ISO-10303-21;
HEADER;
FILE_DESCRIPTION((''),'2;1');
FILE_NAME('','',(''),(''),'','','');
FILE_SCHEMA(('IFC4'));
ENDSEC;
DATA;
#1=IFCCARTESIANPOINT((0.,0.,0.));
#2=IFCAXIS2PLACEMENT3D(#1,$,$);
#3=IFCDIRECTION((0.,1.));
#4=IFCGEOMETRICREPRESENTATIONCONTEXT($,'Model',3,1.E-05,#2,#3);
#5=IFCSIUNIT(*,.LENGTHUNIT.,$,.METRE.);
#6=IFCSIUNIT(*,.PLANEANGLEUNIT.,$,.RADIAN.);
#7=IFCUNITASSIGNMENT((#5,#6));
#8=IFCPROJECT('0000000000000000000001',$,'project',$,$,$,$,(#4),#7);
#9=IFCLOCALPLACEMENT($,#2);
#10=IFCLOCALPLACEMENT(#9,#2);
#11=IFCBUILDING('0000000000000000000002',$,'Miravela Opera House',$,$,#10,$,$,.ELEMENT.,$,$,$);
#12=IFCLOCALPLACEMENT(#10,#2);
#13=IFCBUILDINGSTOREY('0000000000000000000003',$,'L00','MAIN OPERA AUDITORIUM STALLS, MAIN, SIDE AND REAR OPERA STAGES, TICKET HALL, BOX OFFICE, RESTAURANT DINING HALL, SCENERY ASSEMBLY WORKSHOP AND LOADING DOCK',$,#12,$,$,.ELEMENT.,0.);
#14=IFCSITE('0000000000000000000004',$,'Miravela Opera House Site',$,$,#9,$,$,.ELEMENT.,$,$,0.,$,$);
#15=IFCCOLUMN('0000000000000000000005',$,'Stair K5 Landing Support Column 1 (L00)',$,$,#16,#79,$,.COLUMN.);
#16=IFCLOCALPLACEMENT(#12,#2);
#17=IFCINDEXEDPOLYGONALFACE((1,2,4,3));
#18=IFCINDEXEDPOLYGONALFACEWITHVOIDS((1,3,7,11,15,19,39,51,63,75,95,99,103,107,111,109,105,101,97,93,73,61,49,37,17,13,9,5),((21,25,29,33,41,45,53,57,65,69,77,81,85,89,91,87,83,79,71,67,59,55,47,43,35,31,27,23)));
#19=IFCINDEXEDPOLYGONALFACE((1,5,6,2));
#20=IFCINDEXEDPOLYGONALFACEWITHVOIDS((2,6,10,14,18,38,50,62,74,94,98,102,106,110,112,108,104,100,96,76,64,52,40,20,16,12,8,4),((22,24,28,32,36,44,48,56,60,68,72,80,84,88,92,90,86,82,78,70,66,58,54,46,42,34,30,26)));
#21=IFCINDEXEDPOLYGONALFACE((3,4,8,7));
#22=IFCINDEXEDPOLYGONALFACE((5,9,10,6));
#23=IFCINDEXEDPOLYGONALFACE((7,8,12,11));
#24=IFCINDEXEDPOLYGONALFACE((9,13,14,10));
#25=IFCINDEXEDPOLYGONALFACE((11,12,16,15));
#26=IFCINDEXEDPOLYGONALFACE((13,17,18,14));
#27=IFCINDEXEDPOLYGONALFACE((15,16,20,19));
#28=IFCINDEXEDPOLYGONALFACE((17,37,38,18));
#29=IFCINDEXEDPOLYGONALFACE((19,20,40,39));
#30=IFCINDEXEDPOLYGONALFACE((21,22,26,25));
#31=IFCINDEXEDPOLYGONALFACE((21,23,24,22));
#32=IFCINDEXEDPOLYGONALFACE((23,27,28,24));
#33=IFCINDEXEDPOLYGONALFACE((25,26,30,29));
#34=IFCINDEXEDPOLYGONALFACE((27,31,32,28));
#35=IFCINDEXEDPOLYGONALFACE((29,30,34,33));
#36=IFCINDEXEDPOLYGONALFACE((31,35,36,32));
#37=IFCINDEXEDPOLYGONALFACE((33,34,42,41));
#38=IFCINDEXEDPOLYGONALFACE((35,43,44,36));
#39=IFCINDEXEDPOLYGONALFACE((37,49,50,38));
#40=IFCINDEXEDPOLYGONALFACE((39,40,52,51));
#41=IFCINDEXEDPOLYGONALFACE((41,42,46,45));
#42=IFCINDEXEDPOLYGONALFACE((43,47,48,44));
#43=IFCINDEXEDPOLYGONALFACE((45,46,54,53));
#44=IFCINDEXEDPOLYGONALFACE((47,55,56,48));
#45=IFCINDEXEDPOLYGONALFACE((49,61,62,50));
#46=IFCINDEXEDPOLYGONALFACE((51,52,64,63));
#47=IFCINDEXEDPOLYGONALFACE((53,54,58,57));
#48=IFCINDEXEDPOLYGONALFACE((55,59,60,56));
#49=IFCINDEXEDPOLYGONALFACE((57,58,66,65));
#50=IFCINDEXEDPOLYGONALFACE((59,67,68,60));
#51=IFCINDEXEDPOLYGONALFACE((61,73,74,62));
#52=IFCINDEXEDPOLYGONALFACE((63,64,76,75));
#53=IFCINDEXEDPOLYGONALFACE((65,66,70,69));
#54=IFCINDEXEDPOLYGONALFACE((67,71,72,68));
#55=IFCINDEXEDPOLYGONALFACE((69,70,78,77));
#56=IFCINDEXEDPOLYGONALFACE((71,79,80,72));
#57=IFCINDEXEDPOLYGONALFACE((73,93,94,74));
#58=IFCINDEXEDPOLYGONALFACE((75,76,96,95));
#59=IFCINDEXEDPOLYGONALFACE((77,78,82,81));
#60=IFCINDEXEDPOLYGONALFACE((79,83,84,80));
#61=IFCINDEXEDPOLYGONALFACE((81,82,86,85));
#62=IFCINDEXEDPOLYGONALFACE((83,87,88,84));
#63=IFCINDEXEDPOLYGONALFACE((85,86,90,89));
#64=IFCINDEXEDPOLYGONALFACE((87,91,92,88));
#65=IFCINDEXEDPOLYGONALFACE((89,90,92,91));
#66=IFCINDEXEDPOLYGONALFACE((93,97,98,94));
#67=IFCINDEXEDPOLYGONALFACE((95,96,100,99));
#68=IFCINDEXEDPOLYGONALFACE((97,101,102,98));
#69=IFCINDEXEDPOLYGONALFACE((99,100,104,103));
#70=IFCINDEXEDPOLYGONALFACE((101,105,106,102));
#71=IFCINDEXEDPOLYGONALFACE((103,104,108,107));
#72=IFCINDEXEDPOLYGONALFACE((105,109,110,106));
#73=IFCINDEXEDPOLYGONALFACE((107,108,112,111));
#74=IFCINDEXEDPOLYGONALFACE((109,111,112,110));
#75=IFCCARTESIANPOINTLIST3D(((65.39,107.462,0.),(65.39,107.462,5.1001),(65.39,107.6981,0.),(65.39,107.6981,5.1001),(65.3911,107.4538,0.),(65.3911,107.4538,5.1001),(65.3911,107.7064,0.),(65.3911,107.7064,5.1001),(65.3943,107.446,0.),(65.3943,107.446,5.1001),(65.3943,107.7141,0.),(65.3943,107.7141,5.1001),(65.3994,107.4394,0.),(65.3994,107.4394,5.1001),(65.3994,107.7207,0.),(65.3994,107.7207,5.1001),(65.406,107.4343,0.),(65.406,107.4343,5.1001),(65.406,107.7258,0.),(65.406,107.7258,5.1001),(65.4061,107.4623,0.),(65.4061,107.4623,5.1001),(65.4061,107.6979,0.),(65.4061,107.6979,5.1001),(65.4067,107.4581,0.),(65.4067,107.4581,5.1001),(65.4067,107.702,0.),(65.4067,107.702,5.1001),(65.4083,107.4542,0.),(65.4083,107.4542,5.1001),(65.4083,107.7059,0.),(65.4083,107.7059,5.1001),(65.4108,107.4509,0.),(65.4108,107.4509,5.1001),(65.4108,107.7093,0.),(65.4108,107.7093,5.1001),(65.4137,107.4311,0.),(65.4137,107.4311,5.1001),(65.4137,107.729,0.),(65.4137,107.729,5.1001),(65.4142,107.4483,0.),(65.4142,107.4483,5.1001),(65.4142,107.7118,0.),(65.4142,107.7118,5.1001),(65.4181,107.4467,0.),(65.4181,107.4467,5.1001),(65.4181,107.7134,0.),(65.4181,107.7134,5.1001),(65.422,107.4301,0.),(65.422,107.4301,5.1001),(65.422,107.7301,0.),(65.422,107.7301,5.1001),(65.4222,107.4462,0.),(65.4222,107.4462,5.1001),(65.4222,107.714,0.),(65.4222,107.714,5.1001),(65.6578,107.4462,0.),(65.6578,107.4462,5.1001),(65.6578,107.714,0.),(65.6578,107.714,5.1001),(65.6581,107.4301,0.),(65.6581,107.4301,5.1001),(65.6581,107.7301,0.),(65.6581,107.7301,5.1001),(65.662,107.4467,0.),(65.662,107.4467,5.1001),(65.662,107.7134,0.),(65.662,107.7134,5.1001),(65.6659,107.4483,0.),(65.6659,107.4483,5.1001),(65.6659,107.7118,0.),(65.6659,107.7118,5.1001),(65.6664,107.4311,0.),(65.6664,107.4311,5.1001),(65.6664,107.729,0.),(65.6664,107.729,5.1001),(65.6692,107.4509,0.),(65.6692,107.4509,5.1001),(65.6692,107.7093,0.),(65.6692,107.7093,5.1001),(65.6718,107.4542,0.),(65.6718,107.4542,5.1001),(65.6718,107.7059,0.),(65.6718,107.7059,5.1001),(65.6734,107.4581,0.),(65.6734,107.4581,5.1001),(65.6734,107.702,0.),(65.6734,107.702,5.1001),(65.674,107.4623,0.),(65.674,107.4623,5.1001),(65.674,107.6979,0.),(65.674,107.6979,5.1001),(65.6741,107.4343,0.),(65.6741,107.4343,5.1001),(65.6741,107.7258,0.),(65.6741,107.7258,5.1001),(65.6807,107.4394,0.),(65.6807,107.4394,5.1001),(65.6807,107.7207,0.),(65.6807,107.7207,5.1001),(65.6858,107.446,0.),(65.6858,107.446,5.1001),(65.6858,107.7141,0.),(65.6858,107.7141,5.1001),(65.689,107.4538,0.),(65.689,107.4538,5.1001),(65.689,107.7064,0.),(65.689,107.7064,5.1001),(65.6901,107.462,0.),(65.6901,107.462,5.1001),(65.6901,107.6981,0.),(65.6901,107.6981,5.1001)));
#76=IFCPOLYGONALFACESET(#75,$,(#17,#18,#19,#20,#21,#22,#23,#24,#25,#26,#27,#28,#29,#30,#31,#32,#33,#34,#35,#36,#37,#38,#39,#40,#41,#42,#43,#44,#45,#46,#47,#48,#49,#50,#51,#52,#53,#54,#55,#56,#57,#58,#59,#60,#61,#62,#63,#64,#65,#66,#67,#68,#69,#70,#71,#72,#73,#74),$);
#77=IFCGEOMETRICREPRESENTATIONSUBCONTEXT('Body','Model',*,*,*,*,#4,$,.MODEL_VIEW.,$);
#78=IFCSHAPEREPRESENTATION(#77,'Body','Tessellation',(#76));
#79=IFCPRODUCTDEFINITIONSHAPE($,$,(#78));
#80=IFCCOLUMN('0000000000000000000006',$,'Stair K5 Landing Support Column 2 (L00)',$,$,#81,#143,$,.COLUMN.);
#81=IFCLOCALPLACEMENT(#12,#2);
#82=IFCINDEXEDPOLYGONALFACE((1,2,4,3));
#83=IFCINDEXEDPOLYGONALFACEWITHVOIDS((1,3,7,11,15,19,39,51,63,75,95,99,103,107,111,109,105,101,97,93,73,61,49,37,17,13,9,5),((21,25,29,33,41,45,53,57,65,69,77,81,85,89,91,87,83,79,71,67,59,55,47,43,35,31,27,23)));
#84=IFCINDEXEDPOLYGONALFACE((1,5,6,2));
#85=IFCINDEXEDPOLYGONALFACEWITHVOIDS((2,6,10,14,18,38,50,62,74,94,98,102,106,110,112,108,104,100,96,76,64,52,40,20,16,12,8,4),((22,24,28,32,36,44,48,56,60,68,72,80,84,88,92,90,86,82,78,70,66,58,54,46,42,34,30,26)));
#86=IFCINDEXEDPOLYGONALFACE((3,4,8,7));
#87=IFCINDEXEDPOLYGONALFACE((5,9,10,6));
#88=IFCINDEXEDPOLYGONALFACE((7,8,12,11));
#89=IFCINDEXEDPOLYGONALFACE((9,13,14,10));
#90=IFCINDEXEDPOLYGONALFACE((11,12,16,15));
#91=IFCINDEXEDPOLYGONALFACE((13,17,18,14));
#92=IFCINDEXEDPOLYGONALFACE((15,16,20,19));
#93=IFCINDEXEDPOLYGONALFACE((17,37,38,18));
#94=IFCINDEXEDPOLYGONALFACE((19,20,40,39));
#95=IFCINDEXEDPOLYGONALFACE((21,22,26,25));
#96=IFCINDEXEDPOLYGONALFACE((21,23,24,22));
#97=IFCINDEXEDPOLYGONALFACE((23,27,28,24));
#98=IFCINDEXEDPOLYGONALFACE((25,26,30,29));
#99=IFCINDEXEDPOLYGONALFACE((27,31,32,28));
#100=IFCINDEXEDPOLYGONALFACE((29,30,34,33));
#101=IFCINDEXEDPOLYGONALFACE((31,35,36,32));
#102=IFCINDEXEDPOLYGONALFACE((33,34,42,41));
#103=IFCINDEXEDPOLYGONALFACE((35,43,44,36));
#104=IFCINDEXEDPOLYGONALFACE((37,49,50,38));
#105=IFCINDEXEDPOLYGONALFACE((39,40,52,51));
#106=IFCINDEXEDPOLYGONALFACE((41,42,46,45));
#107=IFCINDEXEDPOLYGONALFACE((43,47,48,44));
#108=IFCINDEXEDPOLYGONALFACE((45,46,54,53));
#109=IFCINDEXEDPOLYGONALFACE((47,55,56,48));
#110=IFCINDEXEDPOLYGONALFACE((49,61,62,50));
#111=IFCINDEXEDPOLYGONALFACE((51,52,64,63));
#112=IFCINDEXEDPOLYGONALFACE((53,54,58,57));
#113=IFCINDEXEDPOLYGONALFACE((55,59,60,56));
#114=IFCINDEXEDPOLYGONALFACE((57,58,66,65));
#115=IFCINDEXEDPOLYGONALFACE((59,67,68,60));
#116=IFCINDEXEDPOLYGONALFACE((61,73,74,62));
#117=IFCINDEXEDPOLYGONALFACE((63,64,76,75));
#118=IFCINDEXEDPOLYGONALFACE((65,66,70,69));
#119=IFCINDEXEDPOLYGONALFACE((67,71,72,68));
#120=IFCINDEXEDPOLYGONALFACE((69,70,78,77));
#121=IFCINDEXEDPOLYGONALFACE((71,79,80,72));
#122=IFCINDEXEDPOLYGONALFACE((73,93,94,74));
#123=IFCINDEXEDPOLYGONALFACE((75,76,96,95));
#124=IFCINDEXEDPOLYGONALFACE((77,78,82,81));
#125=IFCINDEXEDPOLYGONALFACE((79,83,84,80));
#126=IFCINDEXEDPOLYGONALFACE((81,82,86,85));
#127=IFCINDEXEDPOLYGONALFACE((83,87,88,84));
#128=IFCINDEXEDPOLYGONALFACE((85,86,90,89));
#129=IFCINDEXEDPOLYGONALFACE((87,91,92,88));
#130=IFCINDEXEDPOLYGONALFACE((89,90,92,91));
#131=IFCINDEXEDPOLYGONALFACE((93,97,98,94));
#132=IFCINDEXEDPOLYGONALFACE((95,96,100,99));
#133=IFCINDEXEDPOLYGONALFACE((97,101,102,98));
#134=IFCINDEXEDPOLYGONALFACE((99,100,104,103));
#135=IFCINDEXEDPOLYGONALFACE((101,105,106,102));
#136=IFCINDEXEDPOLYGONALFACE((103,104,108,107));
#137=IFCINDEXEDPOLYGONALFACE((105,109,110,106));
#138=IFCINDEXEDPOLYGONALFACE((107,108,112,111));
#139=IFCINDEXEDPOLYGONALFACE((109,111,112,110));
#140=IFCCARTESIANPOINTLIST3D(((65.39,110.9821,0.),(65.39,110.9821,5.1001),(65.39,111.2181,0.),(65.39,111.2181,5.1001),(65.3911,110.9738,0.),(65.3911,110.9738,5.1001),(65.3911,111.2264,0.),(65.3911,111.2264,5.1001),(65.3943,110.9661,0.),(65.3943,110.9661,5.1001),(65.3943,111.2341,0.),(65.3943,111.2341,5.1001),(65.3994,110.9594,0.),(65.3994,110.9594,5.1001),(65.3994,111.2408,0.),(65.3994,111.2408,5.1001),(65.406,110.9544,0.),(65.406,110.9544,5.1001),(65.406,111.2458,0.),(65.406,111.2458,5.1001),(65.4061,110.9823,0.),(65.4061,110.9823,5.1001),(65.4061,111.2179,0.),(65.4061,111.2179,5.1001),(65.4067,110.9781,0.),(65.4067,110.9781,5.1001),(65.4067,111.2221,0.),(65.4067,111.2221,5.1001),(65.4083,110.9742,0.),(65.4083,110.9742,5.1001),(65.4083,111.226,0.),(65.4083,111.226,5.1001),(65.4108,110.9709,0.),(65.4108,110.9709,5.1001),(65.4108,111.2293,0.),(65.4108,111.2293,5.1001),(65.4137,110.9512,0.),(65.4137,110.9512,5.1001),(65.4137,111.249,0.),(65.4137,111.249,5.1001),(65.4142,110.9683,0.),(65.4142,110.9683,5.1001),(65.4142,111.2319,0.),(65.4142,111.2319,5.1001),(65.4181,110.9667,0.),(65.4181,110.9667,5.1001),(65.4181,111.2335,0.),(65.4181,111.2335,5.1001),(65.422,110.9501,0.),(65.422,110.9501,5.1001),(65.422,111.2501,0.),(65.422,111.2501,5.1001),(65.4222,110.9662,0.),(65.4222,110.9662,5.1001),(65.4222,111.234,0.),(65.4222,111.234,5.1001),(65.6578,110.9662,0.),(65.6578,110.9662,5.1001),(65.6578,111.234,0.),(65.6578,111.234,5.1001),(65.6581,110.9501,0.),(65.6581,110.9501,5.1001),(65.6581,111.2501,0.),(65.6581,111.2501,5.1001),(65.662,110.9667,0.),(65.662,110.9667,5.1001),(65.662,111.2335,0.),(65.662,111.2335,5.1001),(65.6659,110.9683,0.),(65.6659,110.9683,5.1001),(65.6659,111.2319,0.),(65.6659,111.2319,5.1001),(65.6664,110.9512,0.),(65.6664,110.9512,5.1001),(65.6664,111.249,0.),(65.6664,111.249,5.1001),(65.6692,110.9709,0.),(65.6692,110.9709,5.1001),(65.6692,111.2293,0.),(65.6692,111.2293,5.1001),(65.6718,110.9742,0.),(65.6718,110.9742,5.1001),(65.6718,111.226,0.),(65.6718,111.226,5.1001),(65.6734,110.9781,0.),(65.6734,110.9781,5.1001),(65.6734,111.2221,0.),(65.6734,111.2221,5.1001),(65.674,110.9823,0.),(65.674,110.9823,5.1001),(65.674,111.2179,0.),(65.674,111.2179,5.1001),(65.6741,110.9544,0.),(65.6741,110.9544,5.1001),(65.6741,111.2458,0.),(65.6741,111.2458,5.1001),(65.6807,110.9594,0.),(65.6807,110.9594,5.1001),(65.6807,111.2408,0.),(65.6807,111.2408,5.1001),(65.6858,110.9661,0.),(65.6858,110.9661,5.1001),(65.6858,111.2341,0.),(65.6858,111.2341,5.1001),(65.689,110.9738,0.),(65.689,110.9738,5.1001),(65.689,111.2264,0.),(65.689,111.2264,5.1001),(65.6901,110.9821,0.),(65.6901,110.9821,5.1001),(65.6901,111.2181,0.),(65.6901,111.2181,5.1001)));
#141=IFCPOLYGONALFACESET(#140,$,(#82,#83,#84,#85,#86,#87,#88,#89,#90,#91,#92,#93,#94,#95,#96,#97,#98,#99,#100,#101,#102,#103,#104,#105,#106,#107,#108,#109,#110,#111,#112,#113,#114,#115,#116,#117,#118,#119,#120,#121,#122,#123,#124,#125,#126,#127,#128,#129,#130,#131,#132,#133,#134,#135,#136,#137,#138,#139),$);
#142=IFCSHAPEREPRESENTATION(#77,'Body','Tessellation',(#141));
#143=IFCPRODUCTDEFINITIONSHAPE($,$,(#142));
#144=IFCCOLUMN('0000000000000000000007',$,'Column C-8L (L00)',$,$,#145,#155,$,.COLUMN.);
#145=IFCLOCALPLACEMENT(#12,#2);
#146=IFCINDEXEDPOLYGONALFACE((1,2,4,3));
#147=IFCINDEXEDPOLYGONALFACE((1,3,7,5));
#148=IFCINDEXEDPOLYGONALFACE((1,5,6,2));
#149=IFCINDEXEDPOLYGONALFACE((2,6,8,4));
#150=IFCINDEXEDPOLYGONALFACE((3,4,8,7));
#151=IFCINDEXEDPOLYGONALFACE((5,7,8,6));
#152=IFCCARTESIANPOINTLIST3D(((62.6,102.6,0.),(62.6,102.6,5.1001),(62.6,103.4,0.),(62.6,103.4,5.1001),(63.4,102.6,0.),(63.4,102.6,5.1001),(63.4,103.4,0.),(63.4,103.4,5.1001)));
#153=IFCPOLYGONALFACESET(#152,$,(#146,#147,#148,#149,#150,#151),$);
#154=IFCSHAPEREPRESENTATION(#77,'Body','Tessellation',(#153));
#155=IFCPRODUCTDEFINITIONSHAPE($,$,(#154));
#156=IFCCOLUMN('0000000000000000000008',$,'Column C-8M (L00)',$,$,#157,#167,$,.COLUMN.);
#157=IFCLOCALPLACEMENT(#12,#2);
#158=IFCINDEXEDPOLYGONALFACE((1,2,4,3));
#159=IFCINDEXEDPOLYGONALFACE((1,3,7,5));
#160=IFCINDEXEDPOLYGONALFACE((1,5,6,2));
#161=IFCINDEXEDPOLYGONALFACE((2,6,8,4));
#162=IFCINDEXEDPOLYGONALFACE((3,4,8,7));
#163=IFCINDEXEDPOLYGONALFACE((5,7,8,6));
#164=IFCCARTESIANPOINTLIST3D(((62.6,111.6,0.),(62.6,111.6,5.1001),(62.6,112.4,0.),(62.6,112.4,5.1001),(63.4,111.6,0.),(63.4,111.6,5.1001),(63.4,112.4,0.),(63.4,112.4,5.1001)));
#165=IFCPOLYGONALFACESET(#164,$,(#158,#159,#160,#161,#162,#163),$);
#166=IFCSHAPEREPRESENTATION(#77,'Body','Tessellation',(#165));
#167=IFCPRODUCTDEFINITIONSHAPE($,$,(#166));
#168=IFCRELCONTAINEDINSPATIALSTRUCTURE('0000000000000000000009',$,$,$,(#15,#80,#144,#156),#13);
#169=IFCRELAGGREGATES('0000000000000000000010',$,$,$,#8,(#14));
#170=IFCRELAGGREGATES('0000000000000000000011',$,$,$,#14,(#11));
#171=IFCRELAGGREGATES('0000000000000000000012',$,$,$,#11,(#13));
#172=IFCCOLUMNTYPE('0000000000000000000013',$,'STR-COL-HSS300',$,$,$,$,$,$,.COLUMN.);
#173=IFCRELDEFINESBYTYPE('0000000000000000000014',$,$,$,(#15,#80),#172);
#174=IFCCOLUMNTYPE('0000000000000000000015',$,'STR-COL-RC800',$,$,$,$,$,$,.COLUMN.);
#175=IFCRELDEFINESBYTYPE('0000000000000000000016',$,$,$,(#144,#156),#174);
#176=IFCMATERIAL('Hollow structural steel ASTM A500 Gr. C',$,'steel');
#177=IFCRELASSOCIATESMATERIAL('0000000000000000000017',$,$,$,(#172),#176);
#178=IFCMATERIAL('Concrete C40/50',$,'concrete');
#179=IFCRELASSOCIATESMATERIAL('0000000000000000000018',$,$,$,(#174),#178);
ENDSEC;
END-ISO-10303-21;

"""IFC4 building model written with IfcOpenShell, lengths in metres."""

from ifc_helpers import new_model, si_unit, direction, frame, origin, origin_2d, place, context, subcontext, project, spatial, rectangle, hollow_rectangle, extrude, material, material_profile, profile_set, type_object, element, save


model = new_model("IFC4")

# Units and contexts
model_context = context("Model", 3, precision=1e-05, world=origin(), true_north=direction((0.0, 1.0)))
body_context = subcontext(model_context, "Body", "Model", "MODEL_VIEW")
ifc_project = project(units=[si_unit("LENGTHUNIT", "METRE"), si_unit("PLANEANGLEUNIT", "RADIAN")], contexts=[model_context])

# Site, building, storey
site_placement = place(None, origin())
site = spatial("IfcSite", under=ifc_project, at=site_placement, Name="Miravela Opera House Site", CompositionType="ELEMENT", RefElevation=0.0)
building_placement = place(site_placement, origin())
building = spatial("IfcBuilding", under=site, at=building_placement, Name="Miravela Opera House", CompositionType="ELEMENT")
storey_placement = place(building_placement, origin())
storey = spatial("IfcBuildingStorey", under=building, at=storey_placement, Name="L00", Description="MAIN OPERA AUDITORIUM STALLS, MAIN, SIDE AND REAR OPERA STAGES, TICKET HALL, BOX OFFICE, RESTAURANT DINING HALL, SCENERY ASSEMBLY WORKSHOP AND LOADING DOCK", CompositionType="ELEMENT", Elevation=0.0)

# Columns
ifc_material_1 = material(Name="Hollow structural steel ASTM A500 Gr. C", Category="steel")
ifc_material_profile_1 = material_profile(ifc_material_1, hollow_rectangle(XDim=0.3, YDim=0.3, WallThickness=0.0161, InnerFilletRadius=0.0161, OuterFilletRadius=0.032, at=origin_2d()), Name="HSS300X300X16")
ifc_profile_set_1 = profile_set([ifc_material_profile_1])
column_type_1 = type_object("IfcColumnType", Name="STR-COL-HSS300", PredefinedType="COLUMN", material=ifc_profile_set_1)
for number, where, z_axis, x_axis, name in (
    (1, (65.54, 107.5801, 0.0), (0.0, 0.0, 1.0), (1.0, 0.0, 0.0), "Stair K5 Landing Support Column 1 (L00)"),
    (2, (65.54, 111.1001, 0.0), (0.0, 0.0, 1.0), (1.0, 0.0, 0.0), "Stair K5 Landing Support Column 2 (L00)"),
):
    element("IfcColumn", number, at=place(storey_placement, frame(where, z_axis=z_axis, x_axis=x_axis)), inside=storey, type_object=column_type_1, Name=name, PredefinedType="COLUMN", context=body_context, shape_type="SweptSolid", body=[
        extrude(hollow_rectangle(XDim=0.3, YDim=0.3, WallThickness=0.0161, InnerFilletRadius=0.0161, OuterFilletRadius=0.032, at=origin_2d()), origin(), (0.0, 0.0, 1.0), 5.1001),
    ])
ifc_material_2 = material(Name="Concrete C40/50", Category="concrete")
ifc_material_profile_2 = material_profile(ifc_material_2, rectangle(XDim=0.8, YDim=0.8, at=origin_2d()), Name="RC-COL-800X800")
ifc_profile_set_2 = profile_set([ifc_material_profile_2])
column_type_2 = type_object("IfcColumnType", Name="STR-COL-RC800", PredefinedType="COLUMN", material=ifc_profile_set_2)
for number, where, z_axis, x_axis, name in (
    (3, (63.0, 103.0, 0.0), (0.0, 0.0, 1.0), (1.0, 0.0, 0.0), "Column C-8L (L00)"),
    (4, (63.0, 112.0, 0.0), (0.0, 0.0, 1.0), (1.0, 0.0, 0.0), "Column C-8M (L00)"),
):
    element("IfcColumn", number, at=place(storey_placement, frame(where, z_axis=z_axis, x_axis=x_axis)), inside=storey, type_object=column_type_2, Name=name, PredefinedType="COLUMN", context=body_context, shape_type="SweptSolid", body=[
        extrude(rectangle(XDim=0.8, YDim=0.8, at=origin_2d()), origin(), (0.0, 0.0, 1.0), 5.1001),
    ])

save(model, "model.ifc")
